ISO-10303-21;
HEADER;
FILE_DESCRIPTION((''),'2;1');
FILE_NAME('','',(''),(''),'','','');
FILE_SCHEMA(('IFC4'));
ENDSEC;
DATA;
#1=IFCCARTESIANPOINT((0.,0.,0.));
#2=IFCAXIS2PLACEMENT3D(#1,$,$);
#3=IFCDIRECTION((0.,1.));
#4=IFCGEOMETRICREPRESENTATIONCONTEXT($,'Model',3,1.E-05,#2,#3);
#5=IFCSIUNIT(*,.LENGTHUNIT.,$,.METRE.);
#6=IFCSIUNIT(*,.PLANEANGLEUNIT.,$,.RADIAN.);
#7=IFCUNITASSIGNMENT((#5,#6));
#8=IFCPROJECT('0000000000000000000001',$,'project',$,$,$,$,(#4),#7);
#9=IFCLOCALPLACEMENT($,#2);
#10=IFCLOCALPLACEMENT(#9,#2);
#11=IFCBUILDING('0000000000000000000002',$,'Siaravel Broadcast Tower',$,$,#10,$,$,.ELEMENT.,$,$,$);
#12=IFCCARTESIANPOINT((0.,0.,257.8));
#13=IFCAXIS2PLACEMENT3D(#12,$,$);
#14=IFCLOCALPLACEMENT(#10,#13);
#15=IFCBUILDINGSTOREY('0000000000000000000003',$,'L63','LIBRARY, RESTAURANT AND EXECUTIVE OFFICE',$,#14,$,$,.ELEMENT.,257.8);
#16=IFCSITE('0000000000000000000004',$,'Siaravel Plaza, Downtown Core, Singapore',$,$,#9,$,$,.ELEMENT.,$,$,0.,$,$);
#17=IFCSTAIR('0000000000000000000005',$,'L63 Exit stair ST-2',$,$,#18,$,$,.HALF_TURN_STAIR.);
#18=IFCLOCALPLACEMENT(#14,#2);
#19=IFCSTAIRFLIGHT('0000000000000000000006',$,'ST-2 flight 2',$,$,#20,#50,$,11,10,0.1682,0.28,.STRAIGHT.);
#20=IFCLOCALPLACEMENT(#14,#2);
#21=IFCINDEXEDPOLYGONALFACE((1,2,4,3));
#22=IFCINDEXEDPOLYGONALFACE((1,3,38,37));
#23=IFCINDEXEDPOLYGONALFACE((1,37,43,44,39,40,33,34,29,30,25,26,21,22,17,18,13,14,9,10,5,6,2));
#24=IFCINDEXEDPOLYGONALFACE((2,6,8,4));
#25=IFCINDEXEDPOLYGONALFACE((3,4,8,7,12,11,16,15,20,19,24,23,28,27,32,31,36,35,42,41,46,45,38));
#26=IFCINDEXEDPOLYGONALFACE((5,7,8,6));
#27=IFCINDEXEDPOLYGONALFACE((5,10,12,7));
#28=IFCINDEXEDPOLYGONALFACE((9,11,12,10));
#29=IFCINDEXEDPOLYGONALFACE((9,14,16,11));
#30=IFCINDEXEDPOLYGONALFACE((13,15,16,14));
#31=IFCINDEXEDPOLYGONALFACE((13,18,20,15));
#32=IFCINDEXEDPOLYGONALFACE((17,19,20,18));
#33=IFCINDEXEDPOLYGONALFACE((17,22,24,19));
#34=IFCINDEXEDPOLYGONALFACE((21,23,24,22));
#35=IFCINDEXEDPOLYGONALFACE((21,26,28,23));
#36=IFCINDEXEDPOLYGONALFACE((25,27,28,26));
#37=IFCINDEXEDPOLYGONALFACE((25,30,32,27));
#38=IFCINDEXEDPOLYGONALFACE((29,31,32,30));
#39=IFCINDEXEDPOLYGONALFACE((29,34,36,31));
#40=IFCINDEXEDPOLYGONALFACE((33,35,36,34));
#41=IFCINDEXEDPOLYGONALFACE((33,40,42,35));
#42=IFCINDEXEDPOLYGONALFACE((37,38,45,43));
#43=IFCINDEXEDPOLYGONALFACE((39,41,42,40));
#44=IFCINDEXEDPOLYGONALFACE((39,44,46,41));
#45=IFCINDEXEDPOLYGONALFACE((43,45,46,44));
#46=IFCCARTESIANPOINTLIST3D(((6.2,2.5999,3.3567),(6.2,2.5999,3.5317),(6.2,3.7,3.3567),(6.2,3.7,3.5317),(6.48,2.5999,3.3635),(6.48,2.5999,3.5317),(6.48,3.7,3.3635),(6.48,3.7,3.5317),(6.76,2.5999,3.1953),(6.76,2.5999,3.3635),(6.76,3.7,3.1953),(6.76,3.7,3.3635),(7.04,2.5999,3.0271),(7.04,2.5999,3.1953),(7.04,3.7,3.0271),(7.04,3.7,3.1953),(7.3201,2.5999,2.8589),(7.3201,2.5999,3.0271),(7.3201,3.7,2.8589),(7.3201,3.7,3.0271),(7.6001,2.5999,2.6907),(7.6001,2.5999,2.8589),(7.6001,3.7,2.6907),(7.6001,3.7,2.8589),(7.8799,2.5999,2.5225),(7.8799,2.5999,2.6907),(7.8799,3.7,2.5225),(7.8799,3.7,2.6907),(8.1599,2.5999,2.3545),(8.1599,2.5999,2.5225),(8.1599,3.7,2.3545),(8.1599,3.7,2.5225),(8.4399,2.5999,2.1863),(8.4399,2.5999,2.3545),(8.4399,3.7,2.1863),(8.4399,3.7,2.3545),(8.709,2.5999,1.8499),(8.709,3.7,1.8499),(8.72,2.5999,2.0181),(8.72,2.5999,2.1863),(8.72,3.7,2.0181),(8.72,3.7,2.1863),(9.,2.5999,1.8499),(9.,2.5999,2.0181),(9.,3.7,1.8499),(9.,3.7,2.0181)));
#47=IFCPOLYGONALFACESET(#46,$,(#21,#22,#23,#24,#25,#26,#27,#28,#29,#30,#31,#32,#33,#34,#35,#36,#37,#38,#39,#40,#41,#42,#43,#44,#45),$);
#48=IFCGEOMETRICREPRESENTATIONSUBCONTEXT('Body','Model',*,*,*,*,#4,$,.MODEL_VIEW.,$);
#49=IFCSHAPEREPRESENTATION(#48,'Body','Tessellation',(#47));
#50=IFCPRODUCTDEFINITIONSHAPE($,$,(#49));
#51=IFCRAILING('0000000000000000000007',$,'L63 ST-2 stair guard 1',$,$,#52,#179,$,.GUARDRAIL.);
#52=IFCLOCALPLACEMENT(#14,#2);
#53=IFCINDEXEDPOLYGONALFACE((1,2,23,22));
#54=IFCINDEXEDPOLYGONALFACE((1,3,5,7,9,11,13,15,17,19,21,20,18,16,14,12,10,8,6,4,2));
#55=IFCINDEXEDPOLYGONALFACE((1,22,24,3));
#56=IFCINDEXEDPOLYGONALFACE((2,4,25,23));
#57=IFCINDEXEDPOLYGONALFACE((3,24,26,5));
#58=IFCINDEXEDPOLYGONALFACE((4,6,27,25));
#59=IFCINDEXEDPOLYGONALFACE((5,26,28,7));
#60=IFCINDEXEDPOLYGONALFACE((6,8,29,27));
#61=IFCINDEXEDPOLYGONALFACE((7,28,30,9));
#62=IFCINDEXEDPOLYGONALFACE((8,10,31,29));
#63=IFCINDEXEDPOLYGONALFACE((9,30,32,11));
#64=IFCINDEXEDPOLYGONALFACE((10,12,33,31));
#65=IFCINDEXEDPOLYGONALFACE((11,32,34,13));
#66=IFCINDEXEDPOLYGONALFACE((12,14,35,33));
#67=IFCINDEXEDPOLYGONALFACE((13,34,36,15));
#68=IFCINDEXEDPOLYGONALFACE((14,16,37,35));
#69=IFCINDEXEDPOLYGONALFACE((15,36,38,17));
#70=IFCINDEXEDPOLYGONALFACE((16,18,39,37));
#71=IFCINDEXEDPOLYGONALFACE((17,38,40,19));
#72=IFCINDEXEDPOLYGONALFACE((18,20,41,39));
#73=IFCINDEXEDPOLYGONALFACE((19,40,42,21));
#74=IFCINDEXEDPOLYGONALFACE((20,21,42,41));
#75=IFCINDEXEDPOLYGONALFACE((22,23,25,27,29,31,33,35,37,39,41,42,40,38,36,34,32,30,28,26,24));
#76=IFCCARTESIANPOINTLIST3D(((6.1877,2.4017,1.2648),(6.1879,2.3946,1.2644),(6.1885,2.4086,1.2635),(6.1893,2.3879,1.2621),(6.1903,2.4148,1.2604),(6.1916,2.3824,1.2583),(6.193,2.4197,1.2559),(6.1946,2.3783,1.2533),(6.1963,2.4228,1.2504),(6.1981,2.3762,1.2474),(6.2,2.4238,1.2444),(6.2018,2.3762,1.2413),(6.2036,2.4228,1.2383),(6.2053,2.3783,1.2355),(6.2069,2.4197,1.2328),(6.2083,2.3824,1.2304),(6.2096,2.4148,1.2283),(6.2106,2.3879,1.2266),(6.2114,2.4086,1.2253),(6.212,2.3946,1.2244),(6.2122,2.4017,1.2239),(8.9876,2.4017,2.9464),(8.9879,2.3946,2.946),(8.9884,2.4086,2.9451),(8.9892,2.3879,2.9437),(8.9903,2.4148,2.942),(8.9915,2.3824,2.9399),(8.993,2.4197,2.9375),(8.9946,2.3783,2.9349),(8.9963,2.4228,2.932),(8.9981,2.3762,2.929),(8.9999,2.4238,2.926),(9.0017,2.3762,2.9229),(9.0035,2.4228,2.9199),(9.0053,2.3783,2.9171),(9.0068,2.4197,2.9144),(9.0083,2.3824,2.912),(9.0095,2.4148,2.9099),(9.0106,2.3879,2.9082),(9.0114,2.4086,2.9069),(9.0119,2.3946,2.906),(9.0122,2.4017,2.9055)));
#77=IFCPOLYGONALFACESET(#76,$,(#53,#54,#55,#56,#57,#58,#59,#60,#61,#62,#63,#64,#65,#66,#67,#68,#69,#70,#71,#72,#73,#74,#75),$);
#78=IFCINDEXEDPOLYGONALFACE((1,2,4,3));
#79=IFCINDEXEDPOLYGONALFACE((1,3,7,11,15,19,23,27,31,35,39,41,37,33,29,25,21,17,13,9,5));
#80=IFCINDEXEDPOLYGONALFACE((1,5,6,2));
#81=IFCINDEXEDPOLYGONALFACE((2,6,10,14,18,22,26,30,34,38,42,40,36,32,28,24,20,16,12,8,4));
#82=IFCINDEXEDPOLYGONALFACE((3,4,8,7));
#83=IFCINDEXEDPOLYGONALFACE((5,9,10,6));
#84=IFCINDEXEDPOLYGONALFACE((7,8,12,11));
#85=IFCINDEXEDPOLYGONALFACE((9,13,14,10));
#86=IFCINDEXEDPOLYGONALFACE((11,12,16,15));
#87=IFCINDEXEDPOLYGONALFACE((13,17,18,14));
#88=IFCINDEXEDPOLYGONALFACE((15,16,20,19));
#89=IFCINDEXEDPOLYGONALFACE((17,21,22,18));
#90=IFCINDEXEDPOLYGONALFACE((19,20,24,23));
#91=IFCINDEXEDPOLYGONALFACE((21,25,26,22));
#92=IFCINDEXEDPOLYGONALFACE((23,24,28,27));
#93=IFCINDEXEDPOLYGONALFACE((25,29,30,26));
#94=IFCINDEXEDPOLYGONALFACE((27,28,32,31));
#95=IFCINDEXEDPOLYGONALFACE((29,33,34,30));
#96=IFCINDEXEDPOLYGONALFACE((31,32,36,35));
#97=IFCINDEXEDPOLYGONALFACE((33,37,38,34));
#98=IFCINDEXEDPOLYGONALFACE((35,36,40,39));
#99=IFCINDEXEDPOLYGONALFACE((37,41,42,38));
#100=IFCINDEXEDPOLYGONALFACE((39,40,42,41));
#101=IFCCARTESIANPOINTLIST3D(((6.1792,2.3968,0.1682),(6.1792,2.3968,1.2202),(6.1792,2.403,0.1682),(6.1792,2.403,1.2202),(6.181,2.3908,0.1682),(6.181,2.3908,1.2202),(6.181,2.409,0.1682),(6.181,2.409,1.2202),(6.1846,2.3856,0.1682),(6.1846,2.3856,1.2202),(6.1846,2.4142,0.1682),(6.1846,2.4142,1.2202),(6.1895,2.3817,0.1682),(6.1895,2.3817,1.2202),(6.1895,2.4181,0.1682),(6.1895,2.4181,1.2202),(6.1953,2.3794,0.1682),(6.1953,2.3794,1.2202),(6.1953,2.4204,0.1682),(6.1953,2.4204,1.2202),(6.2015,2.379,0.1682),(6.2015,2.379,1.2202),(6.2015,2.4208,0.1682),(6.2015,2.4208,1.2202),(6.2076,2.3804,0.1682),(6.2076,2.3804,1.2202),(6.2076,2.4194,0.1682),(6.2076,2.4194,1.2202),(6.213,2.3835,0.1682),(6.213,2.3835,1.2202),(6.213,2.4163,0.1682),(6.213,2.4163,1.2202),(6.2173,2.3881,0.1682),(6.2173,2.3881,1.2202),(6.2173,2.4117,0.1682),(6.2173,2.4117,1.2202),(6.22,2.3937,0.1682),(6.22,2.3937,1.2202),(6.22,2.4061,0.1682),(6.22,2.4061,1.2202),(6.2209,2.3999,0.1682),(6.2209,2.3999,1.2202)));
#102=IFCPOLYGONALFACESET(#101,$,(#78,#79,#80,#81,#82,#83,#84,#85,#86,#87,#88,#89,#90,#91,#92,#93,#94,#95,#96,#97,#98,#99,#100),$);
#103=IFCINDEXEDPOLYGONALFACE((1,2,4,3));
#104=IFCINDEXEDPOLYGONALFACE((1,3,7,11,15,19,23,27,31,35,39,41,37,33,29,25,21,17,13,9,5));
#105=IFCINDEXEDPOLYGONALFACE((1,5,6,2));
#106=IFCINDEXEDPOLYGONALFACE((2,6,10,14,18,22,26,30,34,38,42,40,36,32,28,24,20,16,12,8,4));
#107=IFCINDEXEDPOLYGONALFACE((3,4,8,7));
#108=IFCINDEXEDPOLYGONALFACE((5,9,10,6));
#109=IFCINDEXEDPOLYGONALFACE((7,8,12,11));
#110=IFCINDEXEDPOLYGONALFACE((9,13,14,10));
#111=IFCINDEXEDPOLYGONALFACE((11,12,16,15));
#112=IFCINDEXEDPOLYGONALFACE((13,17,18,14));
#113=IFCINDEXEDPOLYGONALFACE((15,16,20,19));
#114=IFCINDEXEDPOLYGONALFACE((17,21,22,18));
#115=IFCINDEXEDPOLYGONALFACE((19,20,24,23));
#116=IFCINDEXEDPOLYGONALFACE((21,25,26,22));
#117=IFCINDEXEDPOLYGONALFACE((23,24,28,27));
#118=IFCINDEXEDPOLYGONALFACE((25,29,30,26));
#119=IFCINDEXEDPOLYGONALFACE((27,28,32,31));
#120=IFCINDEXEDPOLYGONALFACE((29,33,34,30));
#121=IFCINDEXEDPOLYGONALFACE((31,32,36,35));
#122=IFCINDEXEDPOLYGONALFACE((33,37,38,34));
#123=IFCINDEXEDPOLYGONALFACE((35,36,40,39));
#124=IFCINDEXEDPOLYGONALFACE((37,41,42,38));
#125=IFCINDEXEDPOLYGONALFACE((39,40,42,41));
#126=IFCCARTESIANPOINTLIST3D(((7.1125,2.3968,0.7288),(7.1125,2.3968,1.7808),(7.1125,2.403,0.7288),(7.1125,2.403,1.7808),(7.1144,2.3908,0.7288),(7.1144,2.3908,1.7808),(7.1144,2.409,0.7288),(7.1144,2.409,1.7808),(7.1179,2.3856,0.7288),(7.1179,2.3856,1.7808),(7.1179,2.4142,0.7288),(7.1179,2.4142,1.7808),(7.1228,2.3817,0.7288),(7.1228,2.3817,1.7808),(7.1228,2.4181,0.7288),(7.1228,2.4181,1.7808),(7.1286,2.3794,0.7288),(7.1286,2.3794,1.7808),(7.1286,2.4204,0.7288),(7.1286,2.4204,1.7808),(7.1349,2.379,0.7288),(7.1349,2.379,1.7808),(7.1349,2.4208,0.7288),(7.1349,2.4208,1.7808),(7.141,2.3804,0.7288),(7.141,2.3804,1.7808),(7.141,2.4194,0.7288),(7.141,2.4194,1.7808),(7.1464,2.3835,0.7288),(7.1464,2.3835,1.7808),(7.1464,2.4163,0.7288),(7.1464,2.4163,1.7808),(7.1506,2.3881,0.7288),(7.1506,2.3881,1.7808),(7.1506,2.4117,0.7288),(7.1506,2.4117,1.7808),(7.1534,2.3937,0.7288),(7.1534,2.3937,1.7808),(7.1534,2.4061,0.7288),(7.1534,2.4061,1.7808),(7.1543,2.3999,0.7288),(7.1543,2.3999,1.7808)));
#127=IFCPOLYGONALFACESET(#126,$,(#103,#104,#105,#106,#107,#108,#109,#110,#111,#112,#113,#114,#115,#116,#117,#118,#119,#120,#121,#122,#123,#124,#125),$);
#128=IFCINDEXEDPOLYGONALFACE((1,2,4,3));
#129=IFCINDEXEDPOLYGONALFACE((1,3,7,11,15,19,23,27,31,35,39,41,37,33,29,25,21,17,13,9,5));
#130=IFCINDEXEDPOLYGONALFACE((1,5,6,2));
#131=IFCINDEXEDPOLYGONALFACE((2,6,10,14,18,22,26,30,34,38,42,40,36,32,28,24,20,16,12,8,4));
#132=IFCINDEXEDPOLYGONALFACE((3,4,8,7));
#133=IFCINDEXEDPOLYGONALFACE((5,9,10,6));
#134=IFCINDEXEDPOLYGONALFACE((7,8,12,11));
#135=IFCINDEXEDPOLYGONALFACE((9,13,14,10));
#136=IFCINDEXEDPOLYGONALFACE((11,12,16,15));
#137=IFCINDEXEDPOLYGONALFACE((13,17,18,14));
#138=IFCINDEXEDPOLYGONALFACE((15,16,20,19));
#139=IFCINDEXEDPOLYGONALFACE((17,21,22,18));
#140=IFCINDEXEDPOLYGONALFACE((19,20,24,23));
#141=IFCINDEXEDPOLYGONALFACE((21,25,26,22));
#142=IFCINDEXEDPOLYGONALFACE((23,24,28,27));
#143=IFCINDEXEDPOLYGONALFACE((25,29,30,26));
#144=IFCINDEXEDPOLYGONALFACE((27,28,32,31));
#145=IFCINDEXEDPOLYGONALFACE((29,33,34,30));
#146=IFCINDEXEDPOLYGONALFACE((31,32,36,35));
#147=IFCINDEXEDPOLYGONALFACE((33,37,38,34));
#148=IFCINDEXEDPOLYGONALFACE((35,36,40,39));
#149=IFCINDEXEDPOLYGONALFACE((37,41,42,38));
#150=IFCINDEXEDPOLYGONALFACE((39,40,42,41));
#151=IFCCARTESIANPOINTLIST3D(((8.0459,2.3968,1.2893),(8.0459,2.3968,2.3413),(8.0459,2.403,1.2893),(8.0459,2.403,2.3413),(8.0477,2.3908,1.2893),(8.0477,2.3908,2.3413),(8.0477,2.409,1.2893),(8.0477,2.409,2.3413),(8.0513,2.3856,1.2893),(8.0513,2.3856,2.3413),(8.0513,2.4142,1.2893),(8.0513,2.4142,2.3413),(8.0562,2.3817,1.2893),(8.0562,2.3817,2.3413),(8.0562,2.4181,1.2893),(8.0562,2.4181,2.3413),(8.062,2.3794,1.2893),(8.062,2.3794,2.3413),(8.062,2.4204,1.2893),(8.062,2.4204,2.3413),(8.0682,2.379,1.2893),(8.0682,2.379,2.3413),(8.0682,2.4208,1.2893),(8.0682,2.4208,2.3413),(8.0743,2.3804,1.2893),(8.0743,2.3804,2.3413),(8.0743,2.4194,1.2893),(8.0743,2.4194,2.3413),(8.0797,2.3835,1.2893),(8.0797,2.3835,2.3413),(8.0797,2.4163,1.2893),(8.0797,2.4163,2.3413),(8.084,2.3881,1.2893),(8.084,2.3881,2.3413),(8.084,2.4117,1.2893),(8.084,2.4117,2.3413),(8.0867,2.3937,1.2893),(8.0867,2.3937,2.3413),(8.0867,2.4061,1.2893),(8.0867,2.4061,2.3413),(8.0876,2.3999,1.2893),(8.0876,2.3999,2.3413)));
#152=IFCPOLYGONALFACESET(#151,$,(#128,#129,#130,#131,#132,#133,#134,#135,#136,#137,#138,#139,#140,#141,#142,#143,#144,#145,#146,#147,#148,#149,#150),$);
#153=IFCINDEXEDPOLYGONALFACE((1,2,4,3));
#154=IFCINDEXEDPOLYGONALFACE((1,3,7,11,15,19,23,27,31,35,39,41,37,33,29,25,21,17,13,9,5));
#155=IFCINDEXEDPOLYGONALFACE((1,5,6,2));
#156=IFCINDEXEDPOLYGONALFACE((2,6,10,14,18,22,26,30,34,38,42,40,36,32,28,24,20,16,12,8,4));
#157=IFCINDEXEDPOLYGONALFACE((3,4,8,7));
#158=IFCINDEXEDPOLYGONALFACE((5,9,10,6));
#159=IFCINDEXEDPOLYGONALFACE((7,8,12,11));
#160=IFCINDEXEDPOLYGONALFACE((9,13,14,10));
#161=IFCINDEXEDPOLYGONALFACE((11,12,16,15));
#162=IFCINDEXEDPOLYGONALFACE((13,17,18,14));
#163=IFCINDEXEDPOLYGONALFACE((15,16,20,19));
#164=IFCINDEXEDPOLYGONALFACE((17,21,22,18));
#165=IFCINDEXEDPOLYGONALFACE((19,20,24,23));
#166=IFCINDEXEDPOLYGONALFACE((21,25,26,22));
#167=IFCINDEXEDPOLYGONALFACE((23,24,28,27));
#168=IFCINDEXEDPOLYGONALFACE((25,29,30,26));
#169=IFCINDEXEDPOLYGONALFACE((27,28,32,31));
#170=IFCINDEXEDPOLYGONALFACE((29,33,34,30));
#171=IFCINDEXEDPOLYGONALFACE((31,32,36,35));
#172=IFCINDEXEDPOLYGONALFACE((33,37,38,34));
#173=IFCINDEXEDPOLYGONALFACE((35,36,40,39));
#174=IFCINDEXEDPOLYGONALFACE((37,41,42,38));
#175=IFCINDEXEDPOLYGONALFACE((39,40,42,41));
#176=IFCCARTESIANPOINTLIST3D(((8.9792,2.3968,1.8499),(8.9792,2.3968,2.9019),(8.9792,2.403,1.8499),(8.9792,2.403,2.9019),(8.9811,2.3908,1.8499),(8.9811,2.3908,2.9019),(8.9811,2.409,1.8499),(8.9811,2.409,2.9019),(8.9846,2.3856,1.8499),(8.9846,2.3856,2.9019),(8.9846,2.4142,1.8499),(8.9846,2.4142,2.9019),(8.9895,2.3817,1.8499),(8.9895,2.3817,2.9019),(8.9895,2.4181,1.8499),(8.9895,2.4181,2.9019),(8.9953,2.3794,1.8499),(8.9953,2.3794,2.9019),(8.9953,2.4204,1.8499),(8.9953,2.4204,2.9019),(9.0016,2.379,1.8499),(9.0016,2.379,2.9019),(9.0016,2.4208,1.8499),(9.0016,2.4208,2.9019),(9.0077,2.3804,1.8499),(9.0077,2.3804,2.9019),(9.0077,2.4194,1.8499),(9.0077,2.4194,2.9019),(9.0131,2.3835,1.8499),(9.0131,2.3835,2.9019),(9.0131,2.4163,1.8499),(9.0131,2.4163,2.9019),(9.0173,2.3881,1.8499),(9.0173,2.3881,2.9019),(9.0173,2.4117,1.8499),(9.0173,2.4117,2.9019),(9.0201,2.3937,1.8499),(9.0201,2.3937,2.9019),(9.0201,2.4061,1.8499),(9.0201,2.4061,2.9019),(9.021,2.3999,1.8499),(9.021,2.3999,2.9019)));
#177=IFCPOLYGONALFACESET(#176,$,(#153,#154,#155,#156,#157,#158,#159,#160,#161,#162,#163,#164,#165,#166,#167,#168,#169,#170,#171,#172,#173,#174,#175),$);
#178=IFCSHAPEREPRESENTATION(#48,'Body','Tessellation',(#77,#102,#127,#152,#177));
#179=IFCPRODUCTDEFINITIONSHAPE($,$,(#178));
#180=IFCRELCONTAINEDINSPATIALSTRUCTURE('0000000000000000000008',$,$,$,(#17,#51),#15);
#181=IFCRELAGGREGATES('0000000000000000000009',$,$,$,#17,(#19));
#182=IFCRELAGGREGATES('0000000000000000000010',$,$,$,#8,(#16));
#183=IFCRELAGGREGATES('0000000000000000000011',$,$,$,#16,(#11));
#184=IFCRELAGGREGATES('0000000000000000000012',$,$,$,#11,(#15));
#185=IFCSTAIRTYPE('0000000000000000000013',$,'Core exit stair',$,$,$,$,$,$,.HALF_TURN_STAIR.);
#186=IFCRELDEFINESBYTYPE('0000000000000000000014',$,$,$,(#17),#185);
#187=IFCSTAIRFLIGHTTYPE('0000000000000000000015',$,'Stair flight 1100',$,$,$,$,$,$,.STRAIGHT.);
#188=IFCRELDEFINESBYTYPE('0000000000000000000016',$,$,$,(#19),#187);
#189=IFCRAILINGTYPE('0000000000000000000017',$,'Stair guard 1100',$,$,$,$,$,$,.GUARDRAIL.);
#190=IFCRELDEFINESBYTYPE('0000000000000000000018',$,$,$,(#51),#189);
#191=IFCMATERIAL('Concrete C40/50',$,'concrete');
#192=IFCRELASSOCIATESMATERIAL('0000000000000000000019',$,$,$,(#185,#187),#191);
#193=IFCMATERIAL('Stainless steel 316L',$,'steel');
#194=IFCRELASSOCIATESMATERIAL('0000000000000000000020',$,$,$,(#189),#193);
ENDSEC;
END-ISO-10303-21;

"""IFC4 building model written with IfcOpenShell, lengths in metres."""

from ifc_helpers import new_model, si_unit, direction, frame, origin, origin_2d, place, context, subcontext, project, spatial, polyline, circle, outline, extrude, material, type_object, element, aggregate, save


model = new_model("IFC4")

# Units and contexts
model_context = context("Model", 3, precision=1e-05, world=origin(), true_north=direction((0.0, 1.0)))
body_context = subcontext(model_context, "Body", "Model", "MODEL_VIEW")
ifc_project = project(units=[si_unit("LENGTHUNIT", "METRE"), si_unit("PLANEANGLEUNIT", "RADIAN")], contexts=[model_context])

# Site, building, storey
site_placement = place(None, origin())
site = spatial("IfcSite", under=ifc_project, at=site_placement, Name="Siaravel Plaza, Downtown Core, Singapore", CompositionType="ELEMENT", RefElevation=0.0)
building_placement = place(site_placement, origin())
building = spatial("IfcBuilding", under=site, at=building_placement, Name="Siaravel Broadcast Tower", CompositionType="ELEMENT")
storey_placement = place(building_placement, frame((0.0, 0.0, 257.8)))
storey = spatial("IfcBuildingStorey", under=building, at=storey_placement, Name="L63", Description="LIBRARY, RESTAURANT AND EXECUTIVE OFFICE", CompositionType="ELEMENT", Elevation=257.8)

# Stair, stair flight
ifc_material_1 = material(Name="Concrete C40/50", Category="concrete")
stair_type = type_object("IfcStairType", Name="Core exit stair", PredefinedType="HALF_TURN_STAIR", material=ifc_material_1)
stair_placement = place(storey_placement, origin())
stair = element("IfcStair", 1, at=stair_placement, inside=storey, type_object=stair_type, Name="L63 Exit stair ST-2", PredefinedType="HALF_TURN_STAIR")
stair_flight_type = type_object("IfcStairFlightType", Name="Stair flight 1100", PredefinedType="STRAIGHT", material=ifc_material_1)
stair_flight_1_placement = place(storey_placement, frame((9.0, 3.1499, 1.8499), z_axis=(0.0, 0.0, 1.0), x_axis=(-1.0, 0.0, 0.0)))
stair_flight_1 = element("IfcStairFlight", 2, at=stair_flight_1_placement, type_object=stair_flight_type, Name="ST-2 flight 2", NumberOfRisers=11, NumberOfTreads=10, PredefinedType="STRAIGHT", RiserHeight=0.1682, TreadLength=0.28, context=body_context, shape_type="SweptSolid", body=[
    extrude(outline(polyline([(0.0, 0.0), (0.0, 0.1682), (0.28, 0.1682), (0.28, 0.3364), (0.5601, 0.3364), (0.5601, 0.5046), (0.8401, 0.5046), (0.8401, 0.6726), (1.1201, 0.6726), (1.1201, 0.8408), (1.3999, 0.8408), (1.3999, 1.009), (1.6799, 1.009), (1.6799, 1.1772), (1.96, 1.1772), (1.96, 1.3455), (2.24, 1.3455), (2.24, 1.5137), (2.52, 1.5137), (2.52, 1.6819), (2.8, 1.6819), (2.8, 1.8501), (2.8, 1.5068), (0.291, 0.0), (0.0, 0.0)])), frame((0.0, 0.55, 0.0), z_axis=(0.0, -1.0, 0.0), x_axis=(1.0, 0.0, 0.0)), (0.0, 0.0, 1.0), 1.1001),
])
aggregate(stair, [stair_flight_1])

# Railing
ifc_material_2 = material(Name="Stainless steel 316L", Category="steel")
railing_type_1 = type_object("IfcRailingType", Name="Stair guard 1100", PredefinedType="GUARDRAIL", material=ifc_material_2)
railing_1_placement = place(storey_placement, frame((6.2, 2.3999, 0.1682)))
element("IfcRailing", 3, at=railing_1_placement, inside=storey, type_object=railing_type_1, Name="L63 ST-2 stair guard 1", PredefinedType="GUARDRAIL", context=body_context, shape_type="SweptSolid", body=[
    extrude(circle(Radius=0.0239, at=origin_2d()), frame((0.0, 0.0, 1.0762), z_axis=(0.857275, 0.0, 0.514858), x_axis=(0.0, 1.0, 0.0)), (0.0, 0.0, 1.0), 3.2661),
    extrude(circle(Radius=0.021, at=origin_2d()), origin(), (0.0, 0.0, 1.0), 1.052),
    extrude(circle(Radius=0.021, at=origin_2d()), frame((0.9333, 0.0, 0.5605)), (0.0, 0.0, 1.0), 1.052),
    extrude(circle(Radius=0.021, at=origin_2d()), frame((1.8667, 0.0, 1.1211)), (0.0, 0.0, 1.0), 1.052),
    extrude(circle(Radius=0.021, at=origin_2d()), frame((2.8, 0.0, 1.6816)), (0.0, 0.0, 1.0), 1.052),
])

save(model, "model.ifc")
